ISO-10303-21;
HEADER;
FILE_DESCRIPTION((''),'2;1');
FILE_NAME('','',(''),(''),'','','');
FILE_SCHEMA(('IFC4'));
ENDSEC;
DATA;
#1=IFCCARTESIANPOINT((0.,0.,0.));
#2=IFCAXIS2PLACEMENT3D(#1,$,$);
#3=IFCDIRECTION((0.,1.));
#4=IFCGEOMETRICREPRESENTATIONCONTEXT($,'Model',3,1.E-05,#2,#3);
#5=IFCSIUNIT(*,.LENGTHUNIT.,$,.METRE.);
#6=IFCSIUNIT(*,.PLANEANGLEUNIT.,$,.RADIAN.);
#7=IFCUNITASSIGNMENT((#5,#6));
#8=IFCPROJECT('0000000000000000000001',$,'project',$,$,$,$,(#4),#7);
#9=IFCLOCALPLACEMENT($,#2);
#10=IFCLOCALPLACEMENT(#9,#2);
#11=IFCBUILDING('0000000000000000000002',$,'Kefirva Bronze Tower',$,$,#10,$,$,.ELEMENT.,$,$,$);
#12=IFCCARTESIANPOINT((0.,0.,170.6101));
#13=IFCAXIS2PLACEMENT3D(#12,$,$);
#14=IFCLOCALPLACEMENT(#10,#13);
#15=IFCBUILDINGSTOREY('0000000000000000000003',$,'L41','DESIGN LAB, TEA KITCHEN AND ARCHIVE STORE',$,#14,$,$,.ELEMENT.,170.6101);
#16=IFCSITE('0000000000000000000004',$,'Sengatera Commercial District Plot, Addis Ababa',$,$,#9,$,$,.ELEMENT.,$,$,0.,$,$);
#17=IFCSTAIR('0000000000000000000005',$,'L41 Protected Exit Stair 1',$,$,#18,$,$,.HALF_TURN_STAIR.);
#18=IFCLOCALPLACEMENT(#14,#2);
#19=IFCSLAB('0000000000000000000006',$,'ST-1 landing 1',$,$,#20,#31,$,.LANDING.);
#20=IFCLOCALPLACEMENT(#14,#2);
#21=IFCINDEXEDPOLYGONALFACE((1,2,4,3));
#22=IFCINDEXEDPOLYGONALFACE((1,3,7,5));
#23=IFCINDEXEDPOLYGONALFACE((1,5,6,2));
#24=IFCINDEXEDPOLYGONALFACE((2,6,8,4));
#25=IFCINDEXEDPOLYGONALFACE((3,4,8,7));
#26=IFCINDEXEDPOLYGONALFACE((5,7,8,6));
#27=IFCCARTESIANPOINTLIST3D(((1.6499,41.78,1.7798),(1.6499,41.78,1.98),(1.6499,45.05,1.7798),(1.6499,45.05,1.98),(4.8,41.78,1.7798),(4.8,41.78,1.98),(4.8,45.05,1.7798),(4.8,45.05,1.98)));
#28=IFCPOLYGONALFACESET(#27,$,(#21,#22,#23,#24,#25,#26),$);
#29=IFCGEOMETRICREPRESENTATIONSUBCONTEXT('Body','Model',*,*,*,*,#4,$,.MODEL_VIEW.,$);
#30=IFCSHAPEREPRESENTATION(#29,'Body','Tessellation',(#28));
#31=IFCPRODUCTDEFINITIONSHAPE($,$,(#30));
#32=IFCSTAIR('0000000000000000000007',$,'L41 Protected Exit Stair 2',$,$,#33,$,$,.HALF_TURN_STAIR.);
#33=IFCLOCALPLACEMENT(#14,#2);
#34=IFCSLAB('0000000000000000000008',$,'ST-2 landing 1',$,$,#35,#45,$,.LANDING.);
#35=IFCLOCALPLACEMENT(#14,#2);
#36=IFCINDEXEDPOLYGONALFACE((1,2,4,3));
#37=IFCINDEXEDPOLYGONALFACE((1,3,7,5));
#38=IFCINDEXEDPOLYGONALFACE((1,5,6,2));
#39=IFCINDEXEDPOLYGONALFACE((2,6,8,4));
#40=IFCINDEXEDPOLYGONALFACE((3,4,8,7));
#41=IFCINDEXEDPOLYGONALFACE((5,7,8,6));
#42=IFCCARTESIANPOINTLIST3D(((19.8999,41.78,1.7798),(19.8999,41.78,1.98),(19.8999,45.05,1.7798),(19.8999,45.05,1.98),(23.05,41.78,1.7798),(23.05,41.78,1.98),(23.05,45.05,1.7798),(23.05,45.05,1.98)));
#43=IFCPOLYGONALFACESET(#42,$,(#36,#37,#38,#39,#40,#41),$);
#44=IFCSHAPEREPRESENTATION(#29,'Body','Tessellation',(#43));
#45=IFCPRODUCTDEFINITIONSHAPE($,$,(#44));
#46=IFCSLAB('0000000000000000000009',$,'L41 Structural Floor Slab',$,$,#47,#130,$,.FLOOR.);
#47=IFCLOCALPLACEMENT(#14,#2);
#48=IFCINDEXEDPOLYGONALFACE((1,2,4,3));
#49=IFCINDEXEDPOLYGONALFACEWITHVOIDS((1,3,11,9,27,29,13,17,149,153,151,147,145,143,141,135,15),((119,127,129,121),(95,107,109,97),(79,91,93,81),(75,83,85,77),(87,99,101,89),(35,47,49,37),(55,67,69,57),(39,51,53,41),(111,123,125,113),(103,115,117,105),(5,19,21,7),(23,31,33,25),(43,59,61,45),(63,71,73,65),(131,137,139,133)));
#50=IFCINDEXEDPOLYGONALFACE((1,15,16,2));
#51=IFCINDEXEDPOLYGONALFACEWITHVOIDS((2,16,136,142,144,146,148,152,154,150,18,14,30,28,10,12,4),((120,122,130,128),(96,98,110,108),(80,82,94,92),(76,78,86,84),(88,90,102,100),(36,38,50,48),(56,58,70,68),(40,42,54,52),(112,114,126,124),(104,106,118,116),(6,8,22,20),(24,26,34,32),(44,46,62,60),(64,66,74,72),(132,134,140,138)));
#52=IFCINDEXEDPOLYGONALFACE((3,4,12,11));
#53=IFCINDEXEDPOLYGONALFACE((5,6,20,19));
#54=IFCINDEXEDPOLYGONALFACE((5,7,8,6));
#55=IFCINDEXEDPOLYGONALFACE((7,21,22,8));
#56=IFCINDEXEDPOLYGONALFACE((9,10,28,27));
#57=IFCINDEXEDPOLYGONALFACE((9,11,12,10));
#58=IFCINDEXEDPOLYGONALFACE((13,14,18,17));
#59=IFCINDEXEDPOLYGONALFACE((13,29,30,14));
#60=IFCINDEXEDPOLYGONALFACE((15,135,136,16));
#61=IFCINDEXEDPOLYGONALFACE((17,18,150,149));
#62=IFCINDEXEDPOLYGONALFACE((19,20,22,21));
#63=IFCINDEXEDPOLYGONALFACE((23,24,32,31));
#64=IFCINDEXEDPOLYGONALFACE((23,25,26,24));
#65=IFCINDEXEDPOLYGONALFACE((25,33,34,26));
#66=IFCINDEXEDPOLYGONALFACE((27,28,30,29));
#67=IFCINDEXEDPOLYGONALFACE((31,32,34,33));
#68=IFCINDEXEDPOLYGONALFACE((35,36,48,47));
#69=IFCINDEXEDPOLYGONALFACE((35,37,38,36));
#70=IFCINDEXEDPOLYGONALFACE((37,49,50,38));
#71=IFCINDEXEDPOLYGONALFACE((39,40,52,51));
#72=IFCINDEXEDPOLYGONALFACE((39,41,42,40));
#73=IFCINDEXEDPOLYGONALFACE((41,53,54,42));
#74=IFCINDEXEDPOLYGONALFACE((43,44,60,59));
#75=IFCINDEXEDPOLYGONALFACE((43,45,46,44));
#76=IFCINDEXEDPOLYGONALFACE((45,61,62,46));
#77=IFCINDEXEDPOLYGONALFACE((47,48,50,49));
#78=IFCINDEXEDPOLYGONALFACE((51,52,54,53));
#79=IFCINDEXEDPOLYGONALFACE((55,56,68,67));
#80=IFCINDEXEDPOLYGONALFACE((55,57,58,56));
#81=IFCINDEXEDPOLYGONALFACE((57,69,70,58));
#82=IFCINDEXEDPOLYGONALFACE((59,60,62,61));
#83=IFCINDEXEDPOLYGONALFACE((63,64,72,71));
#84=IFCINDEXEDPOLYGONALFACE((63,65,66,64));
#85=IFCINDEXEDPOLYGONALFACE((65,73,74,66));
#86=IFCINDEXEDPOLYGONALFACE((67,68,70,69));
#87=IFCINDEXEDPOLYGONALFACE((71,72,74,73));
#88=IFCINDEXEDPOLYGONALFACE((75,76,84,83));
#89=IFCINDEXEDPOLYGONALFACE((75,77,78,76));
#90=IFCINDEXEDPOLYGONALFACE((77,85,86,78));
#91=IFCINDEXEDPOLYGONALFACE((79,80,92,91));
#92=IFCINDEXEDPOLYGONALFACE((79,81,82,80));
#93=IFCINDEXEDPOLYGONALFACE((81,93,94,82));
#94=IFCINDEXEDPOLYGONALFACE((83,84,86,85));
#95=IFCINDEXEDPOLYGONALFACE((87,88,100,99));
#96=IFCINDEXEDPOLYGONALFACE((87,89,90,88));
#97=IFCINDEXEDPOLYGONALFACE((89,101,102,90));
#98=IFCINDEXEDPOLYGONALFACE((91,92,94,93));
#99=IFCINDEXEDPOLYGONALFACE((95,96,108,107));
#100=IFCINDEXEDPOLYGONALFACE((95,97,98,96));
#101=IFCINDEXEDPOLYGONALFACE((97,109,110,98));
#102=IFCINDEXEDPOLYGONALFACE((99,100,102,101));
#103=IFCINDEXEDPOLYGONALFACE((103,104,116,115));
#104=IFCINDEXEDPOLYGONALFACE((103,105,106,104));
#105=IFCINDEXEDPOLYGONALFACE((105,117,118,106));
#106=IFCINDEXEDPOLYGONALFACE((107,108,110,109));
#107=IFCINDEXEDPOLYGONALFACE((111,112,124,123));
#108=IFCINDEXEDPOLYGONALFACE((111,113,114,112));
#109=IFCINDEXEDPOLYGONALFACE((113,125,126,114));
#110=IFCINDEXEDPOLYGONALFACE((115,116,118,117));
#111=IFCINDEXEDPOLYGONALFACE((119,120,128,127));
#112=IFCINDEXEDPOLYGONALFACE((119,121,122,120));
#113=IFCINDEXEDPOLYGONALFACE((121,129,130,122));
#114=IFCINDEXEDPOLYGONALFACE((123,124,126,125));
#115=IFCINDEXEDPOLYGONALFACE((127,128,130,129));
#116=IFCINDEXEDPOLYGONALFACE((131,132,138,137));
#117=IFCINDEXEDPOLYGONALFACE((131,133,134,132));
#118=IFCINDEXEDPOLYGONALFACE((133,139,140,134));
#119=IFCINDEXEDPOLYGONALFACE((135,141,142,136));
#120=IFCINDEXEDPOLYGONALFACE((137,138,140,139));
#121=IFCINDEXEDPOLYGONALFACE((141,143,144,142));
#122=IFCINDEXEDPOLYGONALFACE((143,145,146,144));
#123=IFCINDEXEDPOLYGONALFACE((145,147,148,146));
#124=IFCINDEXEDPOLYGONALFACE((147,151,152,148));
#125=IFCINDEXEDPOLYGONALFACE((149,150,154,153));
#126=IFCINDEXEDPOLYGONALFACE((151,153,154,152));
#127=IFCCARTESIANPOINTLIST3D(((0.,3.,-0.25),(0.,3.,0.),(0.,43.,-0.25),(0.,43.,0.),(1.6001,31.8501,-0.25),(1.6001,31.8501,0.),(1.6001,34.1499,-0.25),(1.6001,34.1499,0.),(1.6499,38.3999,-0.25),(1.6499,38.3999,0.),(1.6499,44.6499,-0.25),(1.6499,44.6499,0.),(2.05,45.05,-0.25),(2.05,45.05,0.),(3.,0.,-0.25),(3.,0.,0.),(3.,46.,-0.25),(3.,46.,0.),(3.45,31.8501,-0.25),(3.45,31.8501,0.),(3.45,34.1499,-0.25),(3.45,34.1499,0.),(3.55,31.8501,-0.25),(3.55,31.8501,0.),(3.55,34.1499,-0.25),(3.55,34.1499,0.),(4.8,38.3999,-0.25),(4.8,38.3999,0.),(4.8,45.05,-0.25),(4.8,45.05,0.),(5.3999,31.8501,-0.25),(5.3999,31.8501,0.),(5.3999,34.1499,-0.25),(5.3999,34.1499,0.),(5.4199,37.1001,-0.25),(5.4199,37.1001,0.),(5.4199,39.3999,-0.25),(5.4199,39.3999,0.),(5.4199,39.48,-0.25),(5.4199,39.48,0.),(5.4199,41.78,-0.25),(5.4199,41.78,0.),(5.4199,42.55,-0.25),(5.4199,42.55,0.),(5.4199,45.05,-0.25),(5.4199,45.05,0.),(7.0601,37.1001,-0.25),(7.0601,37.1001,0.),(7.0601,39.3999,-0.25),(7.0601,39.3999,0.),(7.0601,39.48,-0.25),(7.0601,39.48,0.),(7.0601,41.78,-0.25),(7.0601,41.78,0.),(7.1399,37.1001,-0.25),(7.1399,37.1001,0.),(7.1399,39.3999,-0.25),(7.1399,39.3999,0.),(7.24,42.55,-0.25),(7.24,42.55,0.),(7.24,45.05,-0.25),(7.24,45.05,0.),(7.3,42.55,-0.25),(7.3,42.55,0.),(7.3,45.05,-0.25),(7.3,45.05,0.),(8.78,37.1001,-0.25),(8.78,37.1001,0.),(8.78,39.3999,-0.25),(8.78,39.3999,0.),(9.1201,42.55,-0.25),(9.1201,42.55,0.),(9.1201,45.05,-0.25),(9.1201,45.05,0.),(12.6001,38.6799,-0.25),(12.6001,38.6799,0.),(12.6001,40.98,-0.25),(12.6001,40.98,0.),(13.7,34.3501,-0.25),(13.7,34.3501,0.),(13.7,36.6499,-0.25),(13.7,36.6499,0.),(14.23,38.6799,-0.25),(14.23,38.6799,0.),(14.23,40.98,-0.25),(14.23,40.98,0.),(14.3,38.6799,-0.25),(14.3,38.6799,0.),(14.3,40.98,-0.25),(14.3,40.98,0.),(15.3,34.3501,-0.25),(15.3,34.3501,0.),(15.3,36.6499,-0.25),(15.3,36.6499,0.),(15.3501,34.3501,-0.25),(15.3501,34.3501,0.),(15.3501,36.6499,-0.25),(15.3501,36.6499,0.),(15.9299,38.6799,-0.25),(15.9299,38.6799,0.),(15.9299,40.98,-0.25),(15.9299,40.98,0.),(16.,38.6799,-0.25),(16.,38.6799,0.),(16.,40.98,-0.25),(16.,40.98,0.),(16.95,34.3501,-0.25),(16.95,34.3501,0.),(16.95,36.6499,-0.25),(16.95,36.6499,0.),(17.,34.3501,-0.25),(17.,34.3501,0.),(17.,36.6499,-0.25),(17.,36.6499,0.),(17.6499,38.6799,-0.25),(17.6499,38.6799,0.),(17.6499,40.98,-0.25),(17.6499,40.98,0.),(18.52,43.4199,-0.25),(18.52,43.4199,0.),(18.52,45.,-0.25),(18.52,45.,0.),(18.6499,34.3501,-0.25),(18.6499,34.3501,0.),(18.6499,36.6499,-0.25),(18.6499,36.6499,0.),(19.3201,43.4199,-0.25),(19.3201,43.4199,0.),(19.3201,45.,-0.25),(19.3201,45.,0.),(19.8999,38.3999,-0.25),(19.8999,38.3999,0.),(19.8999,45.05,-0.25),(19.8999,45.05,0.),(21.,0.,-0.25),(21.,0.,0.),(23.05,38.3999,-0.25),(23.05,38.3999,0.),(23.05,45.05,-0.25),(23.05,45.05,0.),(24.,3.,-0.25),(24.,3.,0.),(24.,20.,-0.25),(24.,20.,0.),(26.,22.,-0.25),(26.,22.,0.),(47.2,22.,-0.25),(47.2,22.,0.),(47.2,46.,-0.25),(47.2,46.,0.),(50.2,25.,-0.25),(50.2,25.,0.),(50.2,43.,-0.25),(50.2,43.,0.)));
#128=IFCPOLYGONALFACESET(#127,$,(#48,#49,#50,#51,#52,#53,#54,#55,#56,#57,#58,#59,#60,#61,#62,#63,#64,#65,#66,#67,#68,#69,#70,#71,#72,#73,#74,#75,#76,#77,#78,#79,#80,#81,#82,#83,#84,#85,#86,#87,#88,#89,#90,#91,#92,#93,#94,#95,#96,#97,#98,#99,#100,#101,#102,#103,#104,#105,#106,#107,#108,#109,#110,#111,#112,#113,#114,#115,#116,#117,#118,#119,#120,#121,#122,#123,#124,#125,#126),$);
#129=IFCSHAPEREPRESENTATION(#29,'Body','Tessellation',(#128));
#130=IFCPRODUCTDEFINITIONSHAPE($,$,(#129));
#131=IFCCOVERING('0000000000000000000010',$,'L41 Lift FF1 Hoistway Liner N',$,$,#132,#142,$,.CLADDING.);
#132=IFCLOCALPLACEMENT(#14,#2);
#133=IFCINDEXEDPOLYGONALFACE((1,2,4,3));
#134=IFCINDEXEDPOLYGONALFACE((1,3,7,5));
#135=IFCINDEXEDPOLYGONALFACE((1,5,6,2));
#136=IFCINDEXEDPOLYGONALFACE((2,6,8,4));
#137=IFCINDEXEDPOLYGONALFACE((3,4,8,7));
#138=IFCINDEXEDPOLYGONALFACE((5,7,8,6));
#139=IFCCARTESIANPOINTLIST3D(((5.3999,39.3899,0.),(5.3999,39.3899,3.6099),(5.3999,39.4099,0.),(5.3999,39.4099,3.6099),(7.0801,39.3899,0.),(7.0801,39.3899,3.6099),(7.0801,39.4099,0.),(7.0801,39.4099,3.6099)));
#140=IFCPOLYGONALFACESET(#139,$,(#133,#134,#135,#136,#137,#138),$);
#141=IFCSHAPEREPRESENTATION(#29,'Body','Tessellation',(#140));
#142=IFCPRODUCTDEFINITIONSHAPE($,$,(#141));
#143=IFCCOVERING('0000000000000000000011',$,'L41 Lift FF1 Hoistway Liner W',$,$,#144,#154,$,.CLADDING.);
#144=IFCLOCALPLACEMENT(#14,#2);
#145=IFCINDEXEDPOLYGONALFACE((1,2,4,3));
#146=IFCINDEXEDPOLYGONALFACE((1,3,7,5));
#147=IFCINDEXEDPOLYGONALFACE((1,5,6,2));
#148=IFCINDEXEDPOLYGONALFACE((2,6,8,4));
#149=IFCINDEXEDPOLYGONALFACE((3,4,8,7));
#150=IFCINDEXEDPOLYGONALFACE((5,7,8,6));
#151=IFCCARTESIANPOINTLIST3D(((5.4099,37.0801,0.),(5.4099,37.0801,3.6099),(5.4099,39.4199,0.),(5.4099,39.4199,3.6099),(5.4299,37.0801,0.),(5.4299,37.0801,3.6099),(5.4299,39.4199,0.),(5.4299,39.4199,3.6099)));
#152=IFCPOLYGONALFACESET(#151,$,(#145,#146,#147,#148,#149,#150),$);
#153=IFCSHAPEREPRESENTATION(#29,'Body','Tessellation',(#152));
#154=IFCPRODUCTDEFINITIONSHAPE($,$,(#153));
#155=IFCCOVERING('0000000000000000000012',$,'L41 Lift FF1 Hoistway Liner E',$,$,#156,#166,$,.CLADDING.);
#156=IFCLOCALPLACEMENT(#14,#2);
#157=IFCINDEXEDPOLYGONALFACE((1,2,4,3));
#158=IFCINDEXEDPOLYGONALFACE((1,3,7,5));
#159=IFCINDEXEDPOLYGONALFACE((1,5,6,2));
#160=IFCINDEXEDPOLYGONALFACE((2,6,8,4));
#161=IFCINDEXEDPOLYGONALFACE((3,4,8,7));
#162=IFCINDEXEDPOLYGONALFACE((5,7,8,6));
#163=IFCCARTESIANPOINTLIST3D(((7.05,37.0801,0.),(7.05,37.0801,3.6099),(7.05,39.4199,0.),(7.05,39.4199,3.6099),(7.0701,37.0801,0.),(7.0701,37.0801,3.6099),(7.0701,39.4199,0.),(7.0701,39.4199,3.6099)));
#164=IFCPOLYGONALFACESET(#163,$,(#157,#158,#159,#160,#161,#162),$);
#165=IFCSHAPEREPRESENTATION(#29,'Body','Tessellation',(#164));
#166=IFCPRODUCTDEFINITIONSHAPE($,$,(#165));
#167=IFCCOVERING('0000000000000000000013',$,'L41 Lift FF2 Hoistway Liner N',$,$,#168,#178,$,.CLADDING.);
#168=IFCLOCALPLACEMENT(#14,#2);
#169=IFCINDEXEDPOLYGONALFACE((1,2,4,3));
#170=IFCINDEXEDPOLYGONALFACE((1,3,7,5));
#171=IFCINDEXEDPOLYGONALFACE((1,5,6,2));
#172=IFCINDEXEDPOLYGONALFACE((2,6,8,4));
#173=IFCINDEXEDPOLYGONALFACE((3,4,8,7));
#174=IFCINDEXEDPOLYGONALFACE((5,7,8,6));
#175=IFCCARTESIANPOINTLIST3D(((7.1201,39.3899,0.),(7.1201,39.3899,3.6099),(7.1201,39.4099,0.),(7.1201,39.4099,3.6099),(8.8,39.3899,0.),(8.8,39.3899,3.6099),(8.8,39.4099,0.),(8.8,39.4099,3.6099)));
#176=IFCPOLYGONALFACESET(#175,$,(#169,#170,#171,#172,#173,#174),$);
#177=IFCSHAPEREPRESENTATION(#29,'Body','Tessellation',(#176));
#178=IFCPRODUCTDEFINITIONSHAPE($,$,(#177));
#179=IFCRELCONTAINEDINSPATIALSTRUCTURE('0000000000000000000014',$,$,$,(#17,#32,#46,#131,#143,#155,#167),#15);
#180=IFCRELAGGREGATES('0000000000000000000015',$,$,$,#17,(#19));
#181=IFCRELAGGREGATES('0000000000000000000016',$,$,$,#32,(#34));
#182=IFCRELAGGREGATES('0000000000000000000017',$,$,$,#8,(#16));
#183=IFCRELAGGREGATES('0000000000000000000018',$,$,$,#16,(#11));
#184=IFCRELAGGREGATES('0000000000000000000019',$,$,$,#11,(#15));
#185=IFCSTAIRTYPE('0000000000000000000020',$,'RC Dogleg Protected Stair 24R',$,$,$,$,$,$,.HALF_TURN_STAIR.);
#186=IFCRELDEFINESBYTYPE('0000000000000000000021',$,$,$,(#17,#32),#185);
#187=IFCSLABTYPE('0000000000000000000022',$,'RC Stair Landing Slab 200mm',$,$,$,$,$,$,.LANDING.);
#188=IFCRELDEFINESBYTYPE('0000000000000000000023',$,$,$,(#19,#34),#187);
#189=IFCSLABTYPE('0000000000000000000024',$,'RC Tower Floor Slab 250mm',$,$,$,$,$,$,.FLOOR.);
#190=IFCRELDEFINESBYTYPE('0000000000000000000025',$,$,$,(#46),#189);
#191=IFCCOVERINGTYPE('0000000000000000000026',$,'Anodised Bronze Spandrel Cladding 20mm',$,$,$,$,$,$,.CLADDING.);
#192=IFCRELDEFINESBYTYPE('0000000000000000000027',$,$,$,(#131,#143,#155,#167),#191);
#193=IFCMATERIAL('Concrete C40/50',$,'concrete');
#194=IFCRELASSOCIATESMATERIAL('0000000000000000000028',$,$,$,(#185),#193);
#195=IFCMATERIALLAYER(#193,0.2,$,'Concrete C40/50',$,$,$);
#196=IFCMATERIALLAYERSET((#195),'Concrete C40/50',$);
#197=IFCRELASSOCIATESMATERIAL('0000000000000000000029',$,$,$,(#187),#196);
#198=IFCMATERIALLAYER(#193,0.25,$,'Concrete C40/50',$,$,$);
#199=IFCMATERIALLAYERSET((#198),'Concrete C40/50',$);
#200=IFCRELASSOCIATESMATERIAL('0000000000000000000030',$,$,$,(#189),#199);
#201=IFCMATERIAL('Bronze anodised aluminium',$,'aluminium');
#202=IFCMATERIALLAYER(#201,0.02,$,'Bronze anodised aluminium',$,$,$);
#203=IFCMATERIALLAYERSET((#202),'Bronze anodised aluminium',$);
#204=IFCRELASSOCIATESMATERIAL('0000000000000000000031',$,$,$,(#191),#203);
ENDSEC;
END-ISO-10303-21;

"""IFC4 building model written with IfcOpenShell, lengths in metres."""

from ifc_helpers import new_model, si_unit, direction, frame, origin, place, context, subcontext, project, spatial, polyline, outline, extrude, material, layer, layer_set, type_object, element, aggregate, save


model = new_model("IFC4")

# Units and contexts
model_context = context("Model", 3, precision=1e-05, world=origin(), true_north=direction((0.0, 1.0)))
body_context = subcontext(model_context, "Body", "Model", "MODEL_VIEW")
ifc_project = project(units=[si_unit("LENGTHUNIT", "METRE"), si_unit("PLANEANGLEUNIT", "RADIAN")], contexts=[model_context])

# Site, building, storey
site_placement = place(None, origin())
site = spatial("IfcSite", under=ifc_project, at=site_placement, Name="Sengatera Commercial District Plot, Addis Ababa", CompositionType="ELEMENT", RefElevation=0.0)
building_placement = place(site_placement, origin())
building = spatial("IfcBuilding", under=site, at=building_placement, Name="Kefirva Bronze Tower", CompositionType="ELEMENT")
storey_placement = place(building_placement, frame((0.0, 0.0, 170.6101)))
storey = spatial("IfcBuildingStorey", under=building, at=storey_placement, Name="L41", Description="DESIGN LAB, TEA KITCHEN AND ARCHIVE STORE", CompositionType="ELEMENT", Elevation=170.6101)

# Stairs, slabs
ifc_material_1 = material(Name="Concrete C40/50", Category="concrete")
stair_type = type_object("IfcStairType", Name="RC Dogleg Protected Stair 24R", PredefinedType="HALF_TURN_STAIR", material=ifc_material_1)
stair_1_placement = place(storey_placement, origin())
stair_1 = element("IfcStair", 1, at=stair_1_placement, inside=storey, type_object=stair_type, Name="L41 Protected Exit Stair 1", PredefinedType="HALF_TURN_STAIR")
ifc_layer_1 = layer(ifc_material_1, 0.2, Name="Concrete C40/50")
ifc_layer_set_1 = layer_set([ifc_layer_1], Name="Concrete C40/50")
slab_type_1 = type_object("IfcSlabType", Name="RC Stair Landing Slab 200mm", PredefinedType="LANDING", material=ifc_layer_set_1)
slab_1_placement = place(storey_placement, frame((0.0, 0.0, 1.7798)))
slab_1 = element("IfcSlab", 2, at=slab_1_placement, type_object=slab_type_1, Name="ST-1 landing 1", PredefinedType="LANDING", context=body_context, shape_type="SweptSolid", body=[
    extrude(outline(polyline([(4.8, 41.78), (4.8, 45.05), (1.6499, 45.05), (1.6499, 41.78), (4.8, 41.78)])), origin(), (0.0, 0.0, 1.0), 0.2002),
])
aggregate(stair_1, [slab_1])
stair_2_placement = place(storey_placement, origin())
stair_2 = element("IfcStair", 3, at=stair_2_placement, inside=storey, type_object=stair_type, Name="L41 Protected Exit Stair 2", PredefinedType="HALF_TURN_STAIR")
slab_2_placement = place(storey_placement, frame((0.0, 0.0, 1.7798)))
slab_2 = element("IfcSlab", 4, at=slab_2_placement, type_object=slab_type_1, Name="ST-2 landing 1", PredefinedType="LANDING", context=body_context, shape_type="SweptSolid", body=[
    extrude(outline(polyline([(23.05, 41.78), (23.05, 45.05), (19.8999, 45.05), (19.8999, 41.78), (23.05, 41.78)])), origin(), (0.0, 0.0, 1.0), 0.2002),
])
aggregate(stair_2, [slab_2])

# Slab
ifc_layer_2 = layer(ifc_material_1, 0.25, Name="Concrete C40/50")
ifc_layer_set_2 = layer_set([ifc_layer_2], Name="Concrete C40/50")
slab_type_2 = type_object("IfcSlabType", Name="RC Tower Floor Slab 250mm", PredefinedType="FLOOR", material=ifc_layer_set_2)
slab_3_placement = place(storey_placement, frame((0.0, 0.0, -0.25)))
element("IfcSlab", 5, at=slab_3_placement, inside=storey, type_object=slab_type_2, Name="L41 Structural Floor Slab", PredefinedType="FLOOR", context=body_context, shape_type="SweptSolid", body=[
    extrude(outline(polyline([(0.0, 3.0), (0.0, 43.0), (1.6499, 44.6499), (1.6499, 38.3999), (4.8, 38.3999), (4.8, 45.05), (2.05, 45.05), (3.0, 46.0), (47.2, 46.0), (50.2, 43.0), (50.2, 25.0), (47.2, 22.0), (26.0, 22.0), (24.0, 20.0), (24.0, 3.0), (21.0, 0.0), (3.0, 0.0), (0.0, 3.0)]), holes=[polyline([(23.05, 38.3999), (23.05, 45.05), (19.8999, 45.05), (19.8999, 38.3999), (23.05, 38.3999)]), polyline([(19.3201, 43.4199), (19.3201, 45.0), (18.52, 45.0), (18.52, 43.4199), (19.3201, 43.4199)]), polyline([(18.6499, 34.3501), (18.6499, 36.6499), (17.0, 36.6499), (17.0, 34.3501), (18.6499, 34.3501)]), polyline([(17.6499, 38.6799), (17.6499, 40.98), (16.0, 40.98), (16.0, 38.6799), (17.6499, 38.6799)]), polyline([(16.95, 34.3501), (16.95, 36.6499), (15.3501, 36.6499), (15.3501, 34.3501), (16.95, 34.3501)]), polyline([(15.9299, 38.6799), (15.9299, 40.98), (14.3, 40.98), (14.3, 38.6799), (15.9299, 38.6799)]), polyline([(15.3, 34.3501), (15.3, 36.6499), (13.7, 36.6499), (13.7, 34.3501), (15.3, 34.3501)]), polyline([(14.23, 38.6799), (14.23, 40.98), (12.6001, 40.98), (12.6001, 38.6799), (14.23, 38.6799)]), polyline([(9.1201, 42.55), (9.1201, 45.05), (7.3, 45.05), (7.3, 42.55), (9.1201, 42.55)]), polyline([(8.78, 37.1001), (8.78, 39.3999), (7.1399, 39.3999), (7.1399, 37.1001), (8.78, 37.1001)]), polyline([(7.24, 42.55), (7.24, 45.05), (5.4199, 45.05), (5.4199, 42.55), (7.24, 42.55)]), polyline([(7.0601, 37.1001), (7.0601, 39.3999), (5.4199, 39.3999), (5.4199, 37.1001), (7.0601, 37.1001)]), polyline([(7.0601, 39.48), (7.0601, 41.78), (5.4199, 41.78), (5.4199, 39.48), (7.0601, 39.48)]), polyline([(5.3999, 31.8501), (5.3999, 34.1499), (3.55, 34.1499), (3.55, 31.8501), (5.3999, 31.8501)]), polyline([(3.45, 31.8501), (3.45, 34.1499), (1.6001, 34.1499), (1.6001, 31.8501), (3.45, 31.8501)])]), origin(), (0.0, 0.0, 1.0), 0.25),
])

# Coverings
ifc_material_2 = material(Name="Bronze anodised aluminium", Category="aluminium")
ifc_layer_3 = layer(ifc_material_2, 0.02, Name="Bronze anodised aluminium")
ifc_layer_set_3 = layer_set([ifc_layer_3], Name="Bronze anodised aluminium")
covering_type = type_object("IfcCoveringType", Name="Anodised Bronze Spandrel Cladding 20mm", PredefinedType="CLADDING", material=ifc_layer_set_3)
covering_1_placement = place(storey_placement, origin())
element("IfcCovering", 6, at=covering_1_placement, inside=storey, type_object=covering_type, Name="L41 Lift FF1 Hoistway Liner N", PredefinedType="CLADDING", context=body_context, shape_type="SweptSolid", body=[
    extrude(outline(polyline([(5.3999, 39.3899), (7.0801, 39.3899), (7.0801, 39.4099), (5.3999, 39.4099), (5.3999, 39.3899)])), origin(), (0.0, 0.0, 1.0), 3.6099),
])
covering_2_placement = place(storey_placement, origin())
element("IfcCovering", 7, at=covering_2_placement, inside=storey, type_object=covering_type, Name="L41 Lift FF1 Hoistway Liner W", PredefinedType="CLADDING", context=body_context, shape_type="SweptSolid", body=[
    extrude(outline(polyline([(5.4099, 37.0801), (5.4299, 37.0801), (5.4299, 39.4199), (5.4099, 39.4199), (5.4099, 37.0801)])), origin(), (0.0, 0.0, 1.0), 3.6099),
])
covering_3_placement = place(storey_placement, origin())
element("IfcCovering", 8, at=covering_3_placement, inside=storey, type_object=covering_type, Name="L41 Lift FF1 Hoistway Liner E", PredefinedType="CLADDING", context=body_context, shape_type="SweptSolid", body=[
    extrude(outline(polyline([(7.05, 37.0801), (7.0701, 37.0801), (7.0701, 39.4199), (7.05, 39.4199), (7.05, 37.0801)])), origin(), (0.0, 0.0, 1.0), 3.6099),
])
covering_4_placement = place(storey_placement, origin())
element("IfcCovering", 9, at=covering_4_placement, inside=storey, type_object=covering_type, Name="L41 Lift FF2 Hoistway Liner N", PredefinedType="CLADDING", context=body_context, shape_type="SweptSolid", body=[
    extrude(outline(polyline([(7.1201, 39.3899), (8.8, 39.3899), (8.8, 39.4099), (7.1201, 39.4099), (7.1201, 39.3899)])), origin(), (0.0, 0.0, 1.0), 3.6099),
])

save(model, "model.ifc")
